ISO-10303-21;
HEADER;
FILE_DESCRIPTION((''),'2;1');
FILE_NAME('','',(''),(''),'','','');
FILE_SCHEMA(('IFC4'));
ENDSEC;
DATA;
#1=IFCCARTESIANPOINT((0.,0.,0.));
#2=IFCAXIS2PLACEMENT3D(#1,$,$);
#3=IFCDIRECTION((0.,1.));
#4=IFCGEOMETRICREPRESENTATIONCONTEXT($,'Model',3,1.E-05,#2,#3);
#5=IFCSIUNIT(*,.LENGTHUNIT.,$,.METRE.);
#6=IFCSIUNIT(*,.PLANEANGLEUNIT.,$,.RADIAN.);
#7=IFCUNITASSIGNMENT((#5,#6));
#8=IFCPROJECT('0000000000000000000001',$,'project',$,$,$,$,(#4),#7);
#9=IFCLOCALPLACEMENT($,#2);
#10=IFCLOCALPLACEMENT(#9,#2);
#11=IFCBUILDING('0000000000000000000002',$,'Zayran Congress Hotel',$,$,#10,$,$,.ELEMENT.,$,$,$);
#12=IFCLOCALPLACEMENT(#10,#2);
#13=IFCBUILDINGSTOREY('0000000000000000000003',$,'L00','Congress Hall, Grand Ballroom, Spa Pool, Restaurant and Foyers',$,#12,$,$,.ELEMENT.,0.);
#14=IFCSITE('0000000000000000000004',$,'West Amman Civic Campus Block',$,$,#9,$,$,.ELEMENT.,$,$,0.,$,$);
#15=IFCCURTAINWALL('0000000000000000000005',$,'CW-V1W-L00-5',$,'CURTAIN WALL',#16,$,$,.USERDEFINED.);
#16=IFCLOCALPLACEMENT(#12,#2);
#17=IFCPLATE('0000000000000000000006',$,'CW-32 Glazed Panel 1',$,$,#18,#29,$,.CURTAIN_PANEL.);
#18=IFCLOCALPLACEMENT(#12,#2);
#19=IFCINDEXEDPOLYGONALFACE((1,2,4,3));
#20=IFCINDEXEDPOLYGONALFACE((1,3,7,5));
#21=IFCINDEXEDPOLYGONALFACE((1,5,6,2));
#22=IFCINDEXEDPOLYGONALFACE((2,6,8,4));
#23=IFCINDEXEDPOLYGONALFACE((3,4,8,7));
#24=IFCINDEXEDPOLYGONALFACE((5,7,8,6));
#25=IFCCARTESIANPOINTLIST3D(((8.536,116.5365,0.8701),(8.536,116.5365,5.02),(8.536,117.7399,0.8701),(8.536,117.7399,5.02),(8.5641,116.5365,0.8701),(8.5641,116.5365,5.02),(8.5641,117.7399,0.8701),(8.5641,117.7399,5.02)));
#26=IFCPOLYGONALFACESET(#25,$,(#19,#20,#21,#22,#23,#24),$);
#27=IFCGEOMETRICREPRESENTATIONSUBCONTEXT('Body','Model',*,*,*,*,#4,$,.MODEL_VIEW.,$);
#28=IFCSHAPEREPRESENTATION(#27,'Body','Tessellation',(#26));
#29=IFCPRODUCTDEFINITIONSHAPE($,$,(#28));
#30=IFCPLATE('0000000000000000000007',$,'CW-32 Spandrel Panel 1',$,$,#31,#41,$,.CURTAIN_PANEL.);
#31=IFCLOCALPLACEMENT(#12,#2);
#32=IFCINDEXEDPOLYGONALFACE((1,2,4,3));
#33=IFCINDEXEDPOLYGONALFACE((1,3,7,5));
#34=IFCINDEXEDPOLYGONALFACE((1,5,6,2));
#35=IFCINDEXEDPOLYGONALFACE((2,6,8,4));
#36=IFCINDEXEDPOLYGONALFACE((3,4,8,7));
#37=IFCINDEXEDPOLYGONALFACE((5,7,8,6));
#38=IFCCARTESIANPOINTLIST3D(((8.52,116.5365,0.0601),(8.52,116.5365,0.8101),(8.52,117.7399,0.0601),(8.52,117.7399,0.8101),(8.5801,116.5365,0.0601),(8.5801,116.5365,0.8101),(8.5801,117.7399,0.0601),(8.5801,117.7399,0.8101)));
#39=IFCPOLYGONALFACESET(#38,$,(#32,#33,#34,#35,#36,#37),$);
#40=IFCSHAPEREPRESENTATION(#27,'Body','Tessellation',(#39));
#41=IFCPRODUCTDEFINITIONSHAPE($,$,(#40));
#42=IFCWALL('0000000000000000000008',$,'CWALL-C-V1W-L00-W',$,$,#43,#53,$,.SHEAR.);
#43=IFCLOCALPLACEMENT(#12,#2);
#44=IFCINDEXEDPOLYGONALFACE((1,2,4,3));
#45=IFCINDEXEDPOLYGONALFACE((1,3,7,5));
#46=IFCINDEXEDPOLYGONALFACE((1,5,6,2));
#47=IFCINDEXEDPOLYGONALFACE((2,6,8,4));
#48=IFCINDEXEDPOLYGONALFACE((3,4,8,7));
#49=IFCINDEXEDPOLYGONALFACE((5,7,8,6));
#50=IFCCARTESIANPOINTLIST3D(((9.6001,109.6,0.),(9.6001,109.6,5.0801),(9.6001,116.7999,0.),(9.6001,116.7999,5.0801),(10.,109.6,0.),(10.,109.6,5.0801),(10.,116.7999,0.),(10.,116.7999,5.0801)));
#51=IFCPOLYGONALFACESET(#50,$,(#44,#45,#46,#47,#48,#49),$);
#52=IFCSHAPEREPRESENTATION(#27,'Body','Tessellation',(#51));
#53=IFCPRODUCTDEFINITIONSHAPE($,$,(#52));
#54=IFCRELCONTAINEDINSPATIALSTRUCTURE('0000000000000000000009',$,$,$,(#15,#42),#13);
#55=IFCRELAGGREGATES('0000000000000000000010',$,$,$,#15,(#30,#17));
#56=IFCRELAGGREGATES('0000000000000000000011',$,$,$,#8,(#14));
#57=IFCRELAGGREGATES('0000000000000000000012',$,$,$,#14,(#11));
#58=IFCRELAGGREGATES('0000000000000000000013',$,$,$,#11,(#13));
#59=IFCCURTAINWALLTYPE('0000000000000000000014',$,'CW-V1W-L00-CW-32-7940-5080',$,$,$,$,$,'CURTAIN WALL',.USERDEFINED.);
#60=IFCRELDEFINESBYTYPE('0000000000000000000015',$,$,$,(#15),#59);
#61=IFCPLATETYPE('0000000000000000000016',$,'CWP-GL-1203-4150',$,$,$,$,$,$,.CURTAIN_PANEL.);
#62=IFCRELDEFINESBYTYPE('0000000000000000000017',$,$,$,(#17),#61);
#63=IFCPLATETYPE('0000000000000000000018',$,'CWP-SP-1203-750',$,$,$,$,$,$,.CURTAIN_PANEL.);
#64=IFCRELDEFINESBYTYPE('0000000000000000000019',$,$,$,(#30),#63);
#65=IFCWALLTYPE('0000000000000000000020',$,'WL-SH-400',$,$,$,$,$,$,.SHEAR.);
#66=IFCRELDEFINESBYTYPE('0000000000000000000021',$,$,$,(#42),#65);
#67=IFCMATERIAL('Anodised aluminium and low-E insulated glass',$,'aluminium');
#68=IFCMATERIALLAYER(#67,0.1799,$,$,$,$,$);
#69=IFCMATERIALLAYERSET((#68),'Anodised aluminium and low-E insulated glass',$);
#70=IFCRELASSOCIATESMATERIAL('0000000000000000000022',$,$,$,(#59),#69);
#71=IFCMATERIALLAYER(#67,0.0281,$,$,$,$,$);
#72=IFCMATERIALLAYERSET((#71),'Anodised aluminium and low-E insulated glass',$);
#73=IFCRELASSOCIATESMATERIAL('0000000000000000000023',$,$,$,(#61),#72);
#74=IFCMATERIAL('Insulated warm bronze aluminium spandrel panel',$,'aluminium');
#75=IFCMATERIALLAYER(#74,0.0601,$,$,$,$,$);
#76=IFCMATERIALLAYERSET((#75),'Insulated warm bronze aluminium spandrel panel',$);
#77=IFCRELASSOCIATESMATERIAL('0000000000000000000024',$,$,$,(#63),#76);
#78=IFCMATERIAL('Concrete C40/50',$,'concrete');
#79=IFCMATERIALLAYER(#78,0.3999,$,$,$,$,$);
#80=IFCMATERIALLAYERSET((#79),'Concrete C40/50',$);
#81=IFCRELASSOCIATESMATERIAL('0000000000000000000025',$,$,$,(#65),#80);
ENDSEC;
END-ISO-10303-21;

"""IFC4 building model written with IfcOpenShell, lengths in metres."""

from ifc_helpers import new_model, si_unit, direction, frame, frame_2d, origin, origin_2d, place, context, subcontext, project, spatial, rectangle, extrude, material, layer, layer_set, type_object, element, aggregate, save


model = new_model("IFC4")

# Units and contexts
model_context = context("Model", 3, precision=1e-05, world=origin(), true_north=direction((0.0, 1.0)))
body_context = subcontext(model_context, "Body", "Model", "MODEL_VIEW")
ifc_project = project(units=[si_unit("LENGTHUNIT", "METRE"), si_unit("PLANEANGLEUNIT", "RADIAN")], contexts=[model_context])

# Site, building, storey
site_placement = place(None, origin())
site = spatial("IfcSite", under=ifc_project, at=site_placement, Name="West Amman Civic Campus Block", CompositionType="ELEMENT", RefElevation=0.0)
building_placement = place(site_placement, origin())
building = spatial("IfcBuilding", under=site, at=building_placement, Name="Zayran Congress Hotel", CompositionType="ELEMENT")
storey_placement = place(building_placement, origin())
storey = spatial("IfcBuildingStorey", under=building, at=storey_placement, Name="L00", Description="Congress Hall, Grand Ballroom, Spa Pool, Restaurant and Foyers", CompositionType="ELEMENT", Elevation=0.0)

# Shared definitions
ifc_material_1 = material(Name="Concrete C40/50", Category="concrete")

# Curtain wall
ifc_material_2 = material(Name="Anodised aluminium and low-E insulated glass", Category="aluminium")
ifc_layer_1 = layer(ifc_material_2, 0.1799)
ifc_layer_set_1 = layer_set([ifc_layer_1], Name="Anodised aluminium and low-E insulated glass")
curtain_wall_type_1 = type_object("IfcCurtainWallType", Name="CW-V1W-L00-CW-32-7940-5080", ElementType="CURTAIN WALL", PredefinedType="USERDEFINED", material=ifc_layer_set_1)
curtain_wall_1_placement = place(storey_placement, origin())
curtain_wall_1 = element("IfcCurtainWall", 1, at=curtain_wall_1_placement, inside=storey, type_object=curtain_wall_type_1, Name="CW-V1W-L00-5", ObjectType="CURTAIN WALL", PredefinedType="USERDEFINED")

# Plates
ifc_material_3 = material(Name="Insulated warm bronze aluminium spandrel panel", Category="aluminium")
ifc_layer_2 = layer(ifc_material_2, 0.0281)
ifc_layer_set_2 = layer_set([ifc_layer_2], Name="Anodised aluminium and low-E insulated glass")
plate_type_1 = type_object("IfcPlateType", Name="CWP-GL-1203-4150", PredefinedType="CURTAIN_PANEL", material=ifc_layer_set_2)
plate_1_placement = place(storey_placement, frame((8.55, 117.1382, 0.8701), z_axis=(0.0, 0.0, 1.0), x_axis=(0.0, 1.0, 0.0)))
plate_1 = element("IfcPlate", 2, at=plate_1_placement, type_object=plate_type_1, Name="CW-32 Glazed Panel 1", PredefinedType="CURTAIN_PANEL", context=body_context, shape_type="SweptSolid", body=[
    extrude(rectangle(XDim=1.2034, YDim=0.0281, at=origin_2d()), origin(), (0.0, 0.0, 1.0), 4.1499),
])
ifc_layer_3 = layer(ifc_material_3, 0.0601)
ifc_layer_set_3 = layer_set([ifc_layer_3], Name="Insulated warm bronze aluminium spandrel panel")
plate_type_2 = type_object("IfcPlateType", Name="CWP-SP-1203-750", PredefinedType="CURTAIN_PANEL", material=ifc_layer_set_3)
plate_2_placement = place(storey_placement, frame((8.55, 117.1382, 0.0601), z_axis=(0.0, 0.0, 1.0), x_axis=(0.0, 1.0, 0.0)))
plate_2 = element("IfcPlate", 3, at=plate_2_placement, type_object=plate_type_2, Name="CW-32 Spandrel Panel 1", PredefinedType="CURTAIN_PANEL", context=body_context, shape_type="SweptSolid", body=[
    extrude(rectangle(XDim=1.2034, YDim=0.0601, at=origin_2d()), origin(), (0.0, 0.0, 1.0), 0.75),
])
aggregate(curtain_wall_1, [plate_2, plate_1])

# Wall
ifc_layer_4 = layer(ifc_material_1, 0.3999)
ifc_layer_set_4 = layer_set([ifc_layer_4], Name="Concrete C40/50")
wall_type = type_object("IfcWallType", Name="WL-SH-400", PredefinedType="SHEAR", material=ifc_layer_set_4)
wall_placement = place(storey_placement, frame((9.8, 116.8, 0.0), z_axis=(0.0, 0.0, 1.0), x_axis=(0.0, -1.0, 0.0)))
element("IfcWall", 4, at=wall_placement, inside=storey, type_object=wall_type, Name="CWALL-C-V1W-L00-W", PredefinedType="SHEAR", context=body_context, shape_type="SweptSolid", body=[
    extrude(rectangle(XDim=7.2, YDim=0.3999, at=frame_2d((3.6001, 0.0))), origin(), (0.0, 0.0, 1.0), 5.0801),
])

save(model, "model.ifc")
